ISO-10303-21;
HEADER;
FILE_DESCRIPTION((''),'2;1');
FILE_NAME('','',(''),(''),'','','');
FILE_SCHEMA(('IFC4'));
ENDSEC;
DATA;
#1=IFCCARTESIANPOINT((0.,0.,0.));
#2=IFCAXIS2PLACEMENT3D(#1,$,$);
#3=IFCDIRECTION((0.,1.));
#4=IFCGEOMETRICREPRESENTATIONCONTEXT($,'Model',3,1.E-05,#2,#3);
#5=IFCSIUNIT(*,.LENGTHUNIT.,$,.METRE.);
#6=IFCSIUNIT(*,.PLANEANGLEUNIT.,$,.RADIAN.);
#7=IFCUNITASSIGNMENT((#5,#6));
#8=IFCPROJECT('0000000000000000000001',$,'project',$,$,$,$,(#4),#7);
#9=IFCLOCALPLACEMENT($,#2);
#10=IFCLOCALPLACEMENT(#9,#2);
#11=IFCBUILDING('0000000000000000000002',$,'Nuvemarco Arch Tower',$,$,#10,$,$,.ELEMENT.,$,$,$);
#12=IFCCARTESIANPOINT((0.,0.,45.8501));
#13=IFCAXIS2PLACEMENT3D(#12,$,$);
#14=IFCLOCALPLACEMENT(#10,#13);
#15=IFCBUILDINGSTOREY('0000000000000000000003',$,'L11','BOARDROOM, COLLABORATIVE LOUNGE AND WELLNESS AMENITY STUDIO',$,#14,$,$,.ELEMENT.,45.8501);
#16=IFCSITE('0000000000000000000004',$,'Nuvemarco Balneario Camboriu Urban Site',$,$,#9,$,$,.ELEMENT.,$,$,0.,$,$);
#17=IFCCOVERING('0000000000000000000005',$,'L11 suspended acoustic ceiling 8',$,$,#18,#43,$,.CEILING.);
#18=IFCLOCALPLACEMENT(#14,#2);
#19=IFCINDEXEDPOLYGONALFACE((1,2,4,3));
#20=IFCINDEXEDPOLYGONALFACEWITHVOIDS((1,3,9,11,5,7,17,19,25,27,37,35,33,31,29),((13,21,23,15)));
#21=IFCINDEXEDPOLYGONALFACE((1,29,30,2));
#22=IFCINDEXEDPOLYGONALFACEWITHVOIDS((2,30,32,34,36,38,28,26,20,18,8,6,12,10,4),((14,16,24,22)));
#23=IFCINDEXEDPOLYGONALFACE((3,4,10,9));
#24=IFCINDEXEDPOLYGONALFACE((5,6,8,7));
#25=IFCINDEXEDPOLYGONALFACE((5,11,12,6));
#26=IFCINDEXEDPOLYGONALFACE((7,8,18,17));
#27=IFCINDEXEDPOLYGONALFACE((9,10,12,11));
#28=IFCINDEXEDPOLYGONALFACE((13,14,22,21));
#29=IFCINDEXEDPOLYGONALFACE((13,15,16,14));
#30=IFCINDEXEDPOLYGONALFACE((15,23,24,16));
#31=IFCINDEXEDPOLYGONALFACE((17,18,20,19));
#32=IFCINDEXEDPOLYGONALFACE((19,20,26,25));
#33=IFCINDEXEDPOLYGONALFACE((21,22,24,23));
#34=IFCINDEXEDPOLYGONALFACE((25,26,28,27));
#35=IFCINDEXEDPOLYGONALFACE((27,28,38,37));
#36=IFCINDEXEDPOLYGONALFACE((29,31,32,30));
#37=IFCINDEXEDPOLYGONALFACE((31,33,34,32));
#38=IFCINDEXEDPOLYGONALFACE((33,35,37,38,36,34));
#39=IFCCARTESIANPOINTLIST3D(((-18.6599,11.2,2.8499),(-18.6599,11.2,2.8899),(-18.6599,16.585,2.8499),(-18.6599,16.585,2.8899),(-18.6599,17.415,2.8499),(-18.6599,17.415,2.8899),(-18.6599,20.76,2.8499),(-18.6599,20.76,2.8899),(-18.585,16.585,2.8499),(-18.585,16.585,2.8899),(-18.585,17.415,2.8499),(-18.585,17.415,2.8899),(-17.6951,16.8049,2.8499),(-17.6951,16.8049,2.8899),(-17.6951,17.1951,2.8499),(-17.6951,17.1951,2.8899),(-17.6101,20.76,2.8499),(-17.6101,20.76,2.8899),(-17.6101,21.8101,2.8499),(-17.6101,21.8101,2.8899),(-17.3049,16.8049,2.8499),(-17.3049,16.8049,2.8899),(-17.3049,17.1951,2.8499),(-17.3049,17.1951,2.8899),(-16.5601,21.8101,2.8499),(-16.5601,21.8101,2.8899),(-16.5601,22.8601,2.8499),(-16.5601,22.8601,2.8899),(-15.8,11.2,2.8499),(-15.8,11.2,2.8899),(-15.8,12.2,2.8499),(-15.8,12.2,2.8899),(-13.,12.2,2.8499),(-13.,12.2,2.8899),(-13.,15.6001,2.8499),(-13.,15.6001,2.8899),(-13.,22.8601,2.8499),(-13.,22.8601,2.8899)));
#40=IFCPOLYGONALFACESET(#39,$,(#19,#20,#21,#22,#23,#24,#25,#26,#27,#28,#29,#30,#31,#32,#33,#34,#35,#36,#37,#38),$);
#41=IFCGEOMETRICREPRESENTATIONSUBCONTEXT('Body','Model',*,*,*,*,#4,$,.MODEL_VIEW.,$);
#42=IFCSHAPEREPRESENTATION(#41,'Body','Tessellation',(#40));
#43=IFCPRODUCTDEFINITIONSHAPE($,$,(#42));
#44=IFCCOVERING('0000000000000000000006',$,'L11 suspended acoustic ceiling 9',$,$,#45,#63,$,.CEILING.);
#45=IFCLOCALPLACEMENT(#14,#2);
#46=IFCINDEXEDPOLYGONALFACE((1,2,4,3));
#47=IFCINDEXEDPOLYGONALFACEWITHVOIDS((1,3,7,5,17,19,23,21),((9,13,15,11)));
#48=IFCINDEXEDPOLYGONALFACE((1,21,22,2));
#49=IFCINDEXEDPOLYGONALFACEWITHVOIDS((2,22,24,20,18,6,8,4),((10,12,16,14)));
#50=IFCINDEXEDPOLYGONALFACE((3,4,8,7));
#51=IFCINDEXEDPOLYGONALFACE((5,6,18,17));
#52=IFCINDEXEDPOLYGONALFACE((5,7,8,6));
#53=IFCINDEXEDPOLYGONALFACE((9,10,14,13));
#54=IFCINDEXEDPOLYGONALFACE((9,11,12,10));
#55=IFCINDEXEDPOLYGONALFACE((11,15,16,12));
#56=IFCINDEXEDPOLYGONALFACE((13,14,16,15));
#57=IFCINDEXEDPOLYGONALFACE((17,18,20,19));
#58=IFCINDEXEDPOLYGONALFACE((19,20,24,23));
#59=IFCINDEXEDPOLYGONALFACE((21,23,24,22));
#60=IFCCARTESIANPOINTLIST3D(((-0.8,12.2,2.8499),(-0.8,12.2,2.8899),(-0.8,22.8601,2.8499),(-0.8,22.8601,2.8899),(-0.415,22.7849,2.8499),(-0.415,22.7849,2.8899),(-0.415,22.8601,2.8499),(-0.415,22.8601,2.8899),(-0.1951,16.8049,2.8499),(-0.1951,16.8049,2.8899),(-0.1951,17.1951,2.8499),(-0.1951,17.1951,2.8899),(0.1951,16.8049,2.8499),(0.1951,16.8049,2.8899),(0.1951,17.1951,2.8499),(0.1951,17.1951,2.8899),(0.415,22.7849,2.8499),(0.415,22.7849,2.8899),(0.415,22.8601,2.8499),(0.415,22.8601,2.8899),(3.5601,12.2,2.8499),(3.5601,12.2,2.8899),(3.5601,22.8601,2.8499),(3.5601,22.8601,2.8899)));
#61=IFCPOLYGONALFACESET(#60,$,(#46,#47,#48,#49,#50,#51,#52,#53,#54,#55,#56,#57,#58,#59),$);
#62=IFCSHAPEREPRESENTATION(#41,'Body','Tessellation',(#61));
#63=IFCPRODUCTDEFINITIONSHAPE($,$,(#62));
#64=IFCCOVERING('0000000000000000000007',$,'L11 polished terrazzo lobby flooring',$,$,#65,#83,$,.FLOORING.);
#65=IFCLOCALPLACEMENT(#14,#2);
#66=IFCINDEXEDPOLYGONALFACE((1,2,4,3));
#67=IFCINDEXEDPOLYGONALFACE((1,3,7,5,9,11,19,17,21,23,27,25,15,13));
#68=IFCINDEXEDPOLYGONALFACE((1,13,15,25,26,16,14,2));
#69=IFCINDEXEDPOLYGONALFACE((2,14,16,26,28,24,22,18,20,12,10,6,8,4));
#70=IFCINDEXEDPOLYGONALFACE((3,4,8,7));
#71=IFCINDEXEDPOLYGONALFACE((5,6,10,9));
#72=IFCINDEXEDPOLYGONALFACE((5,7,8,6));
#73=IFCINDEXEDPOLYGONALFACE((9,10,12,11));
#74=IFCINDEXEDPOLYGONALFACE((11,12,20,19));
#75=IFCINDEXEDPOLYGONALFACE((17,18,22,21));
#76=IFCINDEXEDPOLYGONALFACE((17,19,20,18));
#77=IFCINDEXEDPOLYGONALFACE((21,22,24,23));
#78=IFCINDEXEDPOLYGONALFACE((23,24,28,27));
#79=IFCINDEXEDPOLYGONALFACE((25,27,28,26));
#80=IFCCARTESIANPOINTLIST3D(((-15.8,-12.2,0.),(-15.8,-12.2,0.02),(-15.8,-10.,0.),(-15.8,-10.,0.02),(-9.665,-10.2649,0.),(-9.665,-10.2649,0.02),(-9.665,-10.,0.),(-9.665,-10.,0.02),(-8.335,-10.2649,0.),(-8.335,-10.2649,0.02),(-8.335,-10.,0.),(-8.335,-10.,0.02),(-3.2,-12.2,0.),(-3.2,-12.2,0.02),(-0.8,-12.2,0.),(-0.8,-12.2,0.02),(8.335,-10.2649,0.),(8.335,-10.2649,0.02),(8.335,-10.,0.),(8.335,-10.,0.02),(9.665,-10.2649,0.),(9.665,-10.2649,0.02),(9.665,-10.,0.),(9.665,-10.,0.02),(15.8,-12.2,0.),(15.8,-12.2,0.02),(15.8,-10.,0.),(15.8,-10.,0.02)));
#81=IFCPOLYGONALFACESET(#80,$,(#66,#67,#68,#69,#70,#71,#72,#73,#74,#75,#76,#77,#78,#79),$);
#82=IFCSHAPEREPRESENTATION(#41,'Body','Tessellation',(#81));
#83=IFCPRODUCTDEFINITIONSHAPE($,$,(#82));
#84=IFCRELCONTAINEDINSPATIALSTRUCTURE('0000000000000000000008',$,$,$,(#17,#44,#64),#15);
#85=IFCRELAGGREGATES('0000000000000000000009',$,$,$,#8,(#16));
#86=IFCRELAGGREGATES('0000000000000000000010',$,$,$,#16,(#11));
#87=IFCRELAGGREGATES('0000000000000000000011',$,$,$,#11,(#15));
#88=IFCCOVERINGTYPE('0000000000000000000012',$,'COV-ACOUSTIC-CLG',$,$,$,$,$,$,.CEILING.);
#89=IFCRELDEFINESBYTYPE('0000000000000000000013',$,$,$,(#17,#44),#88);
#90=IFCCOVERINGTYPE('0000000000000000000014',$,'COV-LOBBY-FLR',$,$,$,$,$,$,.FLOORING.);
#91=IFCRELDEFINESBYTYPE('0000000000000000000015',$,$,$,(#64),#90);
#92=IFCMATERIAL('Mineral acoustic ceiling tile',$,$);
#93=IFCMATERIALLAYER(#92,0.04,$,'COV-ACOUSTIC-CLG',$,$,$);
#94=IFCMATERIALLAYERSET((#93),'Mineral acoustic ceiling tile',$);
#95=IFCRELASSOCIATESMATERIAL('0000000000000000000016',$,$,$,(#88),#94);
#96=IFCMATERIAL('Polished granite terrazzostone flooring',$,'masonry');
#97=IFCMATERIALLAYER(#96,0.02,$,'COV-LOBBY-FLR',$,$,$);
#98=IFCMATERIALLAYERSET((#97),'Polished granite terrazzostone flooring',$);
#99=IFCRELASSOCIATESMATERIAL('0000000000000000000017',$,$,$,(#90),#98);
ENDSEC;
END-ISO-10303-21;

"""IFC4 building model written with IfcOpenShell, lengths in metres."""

from ifc_helpers import new_model, si_unit, direction, frame, origin, place, context, subcontext, project, spatial, polyline, outline, extrude, material, layer, layer_set, type_object, element, save


model = new_model("IFC4")

# Units and contexts
model_context = context("Model", 3, precision=1e-05, world=origin(), true_north=direction((0.0, 1.0)))
body_context = subcontext(model_context, "Body", "Model", "MODEL_VIEW")
ifc_project = project(units=[si_unit("LENGTHUNIT", "METRE"), si_unit("PLANEANGLEUNIT", "RADIAN")], contexts=[model_context])

# Site, building, storey
site_placement = place(None, origin())
site = spatial("IfcSite", under=ifc_project, at=site_placement, Name="Nuvemarco Balneario Camboriu Urban Site", CompositionType="ELEMENT", RefElevation=0.0)
building_placement = place(site_placement, origin())
building = spatial("IfcBuilding", under=site, at=building_placement, Name="Nuvemarco Arch Tower", CompositionType="ELEMENT")
storey_placement = place(building_placement, frame((0.0, 0.0, 45.8501)))
storey = spatial("IfcBuildingStorey", under=building, at=storey_placement, Name="L11", Description="BOARDROOM, COLLABORATIVE LOUNGE AND WELLNESS AMENITY STUDIO", CompositionType="ELEMENT", Elevation=45.8501)

# Coverings
ifc_material_1 = material(Name="Mineral acoustic ceiling tile")
ifc_layer_1 = layer(ifc_material_1, 0.04, Name="COV-ACOUSTIC-CLG")
ifc_layer_set_1 = layer_set([ifc_layer_1], Name="Mineral acoustic ceiling tile")
covering_type_1 = type_object("IfcCoveringType", Name="COV-ACOUSTIC-CLG", PredefinedType="CEILING", material=ifc_layer_set_1)
covering_1_placement = place(storey_placement, frame((0.0, 0.0, 2.8499)))
element("IfcCovering", 1, at=covering_1_placement, inside=storey, type_object=covering_type_1, Name="L11 suspended acoustic ceiling 8", PredefinedType="CEILING", context=body_context, shape_type="SweptSolid", body=[
    extrude(outline(polyline([(-18.585, 16.585), (-18.585, 17.415), (-18.6599, 17.415), (-18.6599, 20.76), (-17.6101, 20.76), (-17.6101, 21.8101), (-16.5601, 21.8101), (-16.5601, 22.8601), (-13.0, 22.8601), (-13.0, 15.6001), (-13.0, 12.2), (-15.8, 12.2), (-15.8, 11.2), (-18.6599, 11.2), (-18.6599, 16.585), (-18.585, 16.585)]), holes=[polyline([(-17.3049, 16.8049), (-17.3049, 17.1951), (-17.6951, 17.1951), (-17.6951, 16.8049), (-17.3049, 16.8049)])]), origin(), (0.0, 0.0, 1.0), 0.04),
])
covering_2_placement = place(storey_placement, frame((0.0, 0.0, 2.8499)))
element("IfcCovering", 2, at=covering_2_placement, inside=storey, type_object=covering_type_1, Name="L11 suspended acoustic ceiling 9", PredefinedType="CEILING", context=body_context, shape_type="SweptSolid", body=[
    extrude(outline(polyline([(3.5601, 12.2), (-0.8, 12.2), (-0.8, 22.8601), (-0.415, 22.8601), (-0.415, 22.7849), (0.415, 22.7849), (0.415, 22.8601), (3.5601, 22.8601), (3.5601, 12.2)]), holes=[polyline([(0.1951, 16.8049), (0.1951, 17.1951), (-0.1951, 17.1951), (-0.1951, 16.8049), (0.1951, 16.8049)])]), origin(), (0.0, 0.0, 1.0), 0.04),
])
ifc_material_2 = material(Name="Polished granite terrazzostone flooring", Category="masonry")
ifc_layer_2 = layer(ifc_material_2, 0.02, Name="COV-LOBBY-FLR")
ifc_layer_set_2 = layer_set([ifc_layer_2], Name="Polished granite terrazzostone flooring")
covering_type_2 = type_object("IfcCoveringType", Name="COV-LOBBY-FLR", PredefinedType="FLOORING", material=ifc_layer_set_2)
covering_3_placement = place(storey_placement, origin())
element("IfcCovering", 3, at=covering_3_placement, inside=storey, type_object=covering_type_2, Name="L11 polished terrazzo lobby flooring", PredefinedType="FLOORING", context=body_context, shape_type="SweptSolid", body=[
    extrude(outline(polyline([(-9.665, -10.2649), (-8.335, -10.2649), (-8.335, -10.0), (8.335, -10.0), (8.335, -10.2649), (9.665, -10.2649), (9.665, -10.0), (15.8, -10.0), (15.8, -12.2), (-0.8, -12.2), (-3.2, -12.2), (-15.8, -12.2), (-15.8, -10.0), (-9.665, -10.0), (-9.665, -10.2649)])), origin(), (0.0, 0.0, 1.0), 0.02),
])

save(model, "model.ifc")
